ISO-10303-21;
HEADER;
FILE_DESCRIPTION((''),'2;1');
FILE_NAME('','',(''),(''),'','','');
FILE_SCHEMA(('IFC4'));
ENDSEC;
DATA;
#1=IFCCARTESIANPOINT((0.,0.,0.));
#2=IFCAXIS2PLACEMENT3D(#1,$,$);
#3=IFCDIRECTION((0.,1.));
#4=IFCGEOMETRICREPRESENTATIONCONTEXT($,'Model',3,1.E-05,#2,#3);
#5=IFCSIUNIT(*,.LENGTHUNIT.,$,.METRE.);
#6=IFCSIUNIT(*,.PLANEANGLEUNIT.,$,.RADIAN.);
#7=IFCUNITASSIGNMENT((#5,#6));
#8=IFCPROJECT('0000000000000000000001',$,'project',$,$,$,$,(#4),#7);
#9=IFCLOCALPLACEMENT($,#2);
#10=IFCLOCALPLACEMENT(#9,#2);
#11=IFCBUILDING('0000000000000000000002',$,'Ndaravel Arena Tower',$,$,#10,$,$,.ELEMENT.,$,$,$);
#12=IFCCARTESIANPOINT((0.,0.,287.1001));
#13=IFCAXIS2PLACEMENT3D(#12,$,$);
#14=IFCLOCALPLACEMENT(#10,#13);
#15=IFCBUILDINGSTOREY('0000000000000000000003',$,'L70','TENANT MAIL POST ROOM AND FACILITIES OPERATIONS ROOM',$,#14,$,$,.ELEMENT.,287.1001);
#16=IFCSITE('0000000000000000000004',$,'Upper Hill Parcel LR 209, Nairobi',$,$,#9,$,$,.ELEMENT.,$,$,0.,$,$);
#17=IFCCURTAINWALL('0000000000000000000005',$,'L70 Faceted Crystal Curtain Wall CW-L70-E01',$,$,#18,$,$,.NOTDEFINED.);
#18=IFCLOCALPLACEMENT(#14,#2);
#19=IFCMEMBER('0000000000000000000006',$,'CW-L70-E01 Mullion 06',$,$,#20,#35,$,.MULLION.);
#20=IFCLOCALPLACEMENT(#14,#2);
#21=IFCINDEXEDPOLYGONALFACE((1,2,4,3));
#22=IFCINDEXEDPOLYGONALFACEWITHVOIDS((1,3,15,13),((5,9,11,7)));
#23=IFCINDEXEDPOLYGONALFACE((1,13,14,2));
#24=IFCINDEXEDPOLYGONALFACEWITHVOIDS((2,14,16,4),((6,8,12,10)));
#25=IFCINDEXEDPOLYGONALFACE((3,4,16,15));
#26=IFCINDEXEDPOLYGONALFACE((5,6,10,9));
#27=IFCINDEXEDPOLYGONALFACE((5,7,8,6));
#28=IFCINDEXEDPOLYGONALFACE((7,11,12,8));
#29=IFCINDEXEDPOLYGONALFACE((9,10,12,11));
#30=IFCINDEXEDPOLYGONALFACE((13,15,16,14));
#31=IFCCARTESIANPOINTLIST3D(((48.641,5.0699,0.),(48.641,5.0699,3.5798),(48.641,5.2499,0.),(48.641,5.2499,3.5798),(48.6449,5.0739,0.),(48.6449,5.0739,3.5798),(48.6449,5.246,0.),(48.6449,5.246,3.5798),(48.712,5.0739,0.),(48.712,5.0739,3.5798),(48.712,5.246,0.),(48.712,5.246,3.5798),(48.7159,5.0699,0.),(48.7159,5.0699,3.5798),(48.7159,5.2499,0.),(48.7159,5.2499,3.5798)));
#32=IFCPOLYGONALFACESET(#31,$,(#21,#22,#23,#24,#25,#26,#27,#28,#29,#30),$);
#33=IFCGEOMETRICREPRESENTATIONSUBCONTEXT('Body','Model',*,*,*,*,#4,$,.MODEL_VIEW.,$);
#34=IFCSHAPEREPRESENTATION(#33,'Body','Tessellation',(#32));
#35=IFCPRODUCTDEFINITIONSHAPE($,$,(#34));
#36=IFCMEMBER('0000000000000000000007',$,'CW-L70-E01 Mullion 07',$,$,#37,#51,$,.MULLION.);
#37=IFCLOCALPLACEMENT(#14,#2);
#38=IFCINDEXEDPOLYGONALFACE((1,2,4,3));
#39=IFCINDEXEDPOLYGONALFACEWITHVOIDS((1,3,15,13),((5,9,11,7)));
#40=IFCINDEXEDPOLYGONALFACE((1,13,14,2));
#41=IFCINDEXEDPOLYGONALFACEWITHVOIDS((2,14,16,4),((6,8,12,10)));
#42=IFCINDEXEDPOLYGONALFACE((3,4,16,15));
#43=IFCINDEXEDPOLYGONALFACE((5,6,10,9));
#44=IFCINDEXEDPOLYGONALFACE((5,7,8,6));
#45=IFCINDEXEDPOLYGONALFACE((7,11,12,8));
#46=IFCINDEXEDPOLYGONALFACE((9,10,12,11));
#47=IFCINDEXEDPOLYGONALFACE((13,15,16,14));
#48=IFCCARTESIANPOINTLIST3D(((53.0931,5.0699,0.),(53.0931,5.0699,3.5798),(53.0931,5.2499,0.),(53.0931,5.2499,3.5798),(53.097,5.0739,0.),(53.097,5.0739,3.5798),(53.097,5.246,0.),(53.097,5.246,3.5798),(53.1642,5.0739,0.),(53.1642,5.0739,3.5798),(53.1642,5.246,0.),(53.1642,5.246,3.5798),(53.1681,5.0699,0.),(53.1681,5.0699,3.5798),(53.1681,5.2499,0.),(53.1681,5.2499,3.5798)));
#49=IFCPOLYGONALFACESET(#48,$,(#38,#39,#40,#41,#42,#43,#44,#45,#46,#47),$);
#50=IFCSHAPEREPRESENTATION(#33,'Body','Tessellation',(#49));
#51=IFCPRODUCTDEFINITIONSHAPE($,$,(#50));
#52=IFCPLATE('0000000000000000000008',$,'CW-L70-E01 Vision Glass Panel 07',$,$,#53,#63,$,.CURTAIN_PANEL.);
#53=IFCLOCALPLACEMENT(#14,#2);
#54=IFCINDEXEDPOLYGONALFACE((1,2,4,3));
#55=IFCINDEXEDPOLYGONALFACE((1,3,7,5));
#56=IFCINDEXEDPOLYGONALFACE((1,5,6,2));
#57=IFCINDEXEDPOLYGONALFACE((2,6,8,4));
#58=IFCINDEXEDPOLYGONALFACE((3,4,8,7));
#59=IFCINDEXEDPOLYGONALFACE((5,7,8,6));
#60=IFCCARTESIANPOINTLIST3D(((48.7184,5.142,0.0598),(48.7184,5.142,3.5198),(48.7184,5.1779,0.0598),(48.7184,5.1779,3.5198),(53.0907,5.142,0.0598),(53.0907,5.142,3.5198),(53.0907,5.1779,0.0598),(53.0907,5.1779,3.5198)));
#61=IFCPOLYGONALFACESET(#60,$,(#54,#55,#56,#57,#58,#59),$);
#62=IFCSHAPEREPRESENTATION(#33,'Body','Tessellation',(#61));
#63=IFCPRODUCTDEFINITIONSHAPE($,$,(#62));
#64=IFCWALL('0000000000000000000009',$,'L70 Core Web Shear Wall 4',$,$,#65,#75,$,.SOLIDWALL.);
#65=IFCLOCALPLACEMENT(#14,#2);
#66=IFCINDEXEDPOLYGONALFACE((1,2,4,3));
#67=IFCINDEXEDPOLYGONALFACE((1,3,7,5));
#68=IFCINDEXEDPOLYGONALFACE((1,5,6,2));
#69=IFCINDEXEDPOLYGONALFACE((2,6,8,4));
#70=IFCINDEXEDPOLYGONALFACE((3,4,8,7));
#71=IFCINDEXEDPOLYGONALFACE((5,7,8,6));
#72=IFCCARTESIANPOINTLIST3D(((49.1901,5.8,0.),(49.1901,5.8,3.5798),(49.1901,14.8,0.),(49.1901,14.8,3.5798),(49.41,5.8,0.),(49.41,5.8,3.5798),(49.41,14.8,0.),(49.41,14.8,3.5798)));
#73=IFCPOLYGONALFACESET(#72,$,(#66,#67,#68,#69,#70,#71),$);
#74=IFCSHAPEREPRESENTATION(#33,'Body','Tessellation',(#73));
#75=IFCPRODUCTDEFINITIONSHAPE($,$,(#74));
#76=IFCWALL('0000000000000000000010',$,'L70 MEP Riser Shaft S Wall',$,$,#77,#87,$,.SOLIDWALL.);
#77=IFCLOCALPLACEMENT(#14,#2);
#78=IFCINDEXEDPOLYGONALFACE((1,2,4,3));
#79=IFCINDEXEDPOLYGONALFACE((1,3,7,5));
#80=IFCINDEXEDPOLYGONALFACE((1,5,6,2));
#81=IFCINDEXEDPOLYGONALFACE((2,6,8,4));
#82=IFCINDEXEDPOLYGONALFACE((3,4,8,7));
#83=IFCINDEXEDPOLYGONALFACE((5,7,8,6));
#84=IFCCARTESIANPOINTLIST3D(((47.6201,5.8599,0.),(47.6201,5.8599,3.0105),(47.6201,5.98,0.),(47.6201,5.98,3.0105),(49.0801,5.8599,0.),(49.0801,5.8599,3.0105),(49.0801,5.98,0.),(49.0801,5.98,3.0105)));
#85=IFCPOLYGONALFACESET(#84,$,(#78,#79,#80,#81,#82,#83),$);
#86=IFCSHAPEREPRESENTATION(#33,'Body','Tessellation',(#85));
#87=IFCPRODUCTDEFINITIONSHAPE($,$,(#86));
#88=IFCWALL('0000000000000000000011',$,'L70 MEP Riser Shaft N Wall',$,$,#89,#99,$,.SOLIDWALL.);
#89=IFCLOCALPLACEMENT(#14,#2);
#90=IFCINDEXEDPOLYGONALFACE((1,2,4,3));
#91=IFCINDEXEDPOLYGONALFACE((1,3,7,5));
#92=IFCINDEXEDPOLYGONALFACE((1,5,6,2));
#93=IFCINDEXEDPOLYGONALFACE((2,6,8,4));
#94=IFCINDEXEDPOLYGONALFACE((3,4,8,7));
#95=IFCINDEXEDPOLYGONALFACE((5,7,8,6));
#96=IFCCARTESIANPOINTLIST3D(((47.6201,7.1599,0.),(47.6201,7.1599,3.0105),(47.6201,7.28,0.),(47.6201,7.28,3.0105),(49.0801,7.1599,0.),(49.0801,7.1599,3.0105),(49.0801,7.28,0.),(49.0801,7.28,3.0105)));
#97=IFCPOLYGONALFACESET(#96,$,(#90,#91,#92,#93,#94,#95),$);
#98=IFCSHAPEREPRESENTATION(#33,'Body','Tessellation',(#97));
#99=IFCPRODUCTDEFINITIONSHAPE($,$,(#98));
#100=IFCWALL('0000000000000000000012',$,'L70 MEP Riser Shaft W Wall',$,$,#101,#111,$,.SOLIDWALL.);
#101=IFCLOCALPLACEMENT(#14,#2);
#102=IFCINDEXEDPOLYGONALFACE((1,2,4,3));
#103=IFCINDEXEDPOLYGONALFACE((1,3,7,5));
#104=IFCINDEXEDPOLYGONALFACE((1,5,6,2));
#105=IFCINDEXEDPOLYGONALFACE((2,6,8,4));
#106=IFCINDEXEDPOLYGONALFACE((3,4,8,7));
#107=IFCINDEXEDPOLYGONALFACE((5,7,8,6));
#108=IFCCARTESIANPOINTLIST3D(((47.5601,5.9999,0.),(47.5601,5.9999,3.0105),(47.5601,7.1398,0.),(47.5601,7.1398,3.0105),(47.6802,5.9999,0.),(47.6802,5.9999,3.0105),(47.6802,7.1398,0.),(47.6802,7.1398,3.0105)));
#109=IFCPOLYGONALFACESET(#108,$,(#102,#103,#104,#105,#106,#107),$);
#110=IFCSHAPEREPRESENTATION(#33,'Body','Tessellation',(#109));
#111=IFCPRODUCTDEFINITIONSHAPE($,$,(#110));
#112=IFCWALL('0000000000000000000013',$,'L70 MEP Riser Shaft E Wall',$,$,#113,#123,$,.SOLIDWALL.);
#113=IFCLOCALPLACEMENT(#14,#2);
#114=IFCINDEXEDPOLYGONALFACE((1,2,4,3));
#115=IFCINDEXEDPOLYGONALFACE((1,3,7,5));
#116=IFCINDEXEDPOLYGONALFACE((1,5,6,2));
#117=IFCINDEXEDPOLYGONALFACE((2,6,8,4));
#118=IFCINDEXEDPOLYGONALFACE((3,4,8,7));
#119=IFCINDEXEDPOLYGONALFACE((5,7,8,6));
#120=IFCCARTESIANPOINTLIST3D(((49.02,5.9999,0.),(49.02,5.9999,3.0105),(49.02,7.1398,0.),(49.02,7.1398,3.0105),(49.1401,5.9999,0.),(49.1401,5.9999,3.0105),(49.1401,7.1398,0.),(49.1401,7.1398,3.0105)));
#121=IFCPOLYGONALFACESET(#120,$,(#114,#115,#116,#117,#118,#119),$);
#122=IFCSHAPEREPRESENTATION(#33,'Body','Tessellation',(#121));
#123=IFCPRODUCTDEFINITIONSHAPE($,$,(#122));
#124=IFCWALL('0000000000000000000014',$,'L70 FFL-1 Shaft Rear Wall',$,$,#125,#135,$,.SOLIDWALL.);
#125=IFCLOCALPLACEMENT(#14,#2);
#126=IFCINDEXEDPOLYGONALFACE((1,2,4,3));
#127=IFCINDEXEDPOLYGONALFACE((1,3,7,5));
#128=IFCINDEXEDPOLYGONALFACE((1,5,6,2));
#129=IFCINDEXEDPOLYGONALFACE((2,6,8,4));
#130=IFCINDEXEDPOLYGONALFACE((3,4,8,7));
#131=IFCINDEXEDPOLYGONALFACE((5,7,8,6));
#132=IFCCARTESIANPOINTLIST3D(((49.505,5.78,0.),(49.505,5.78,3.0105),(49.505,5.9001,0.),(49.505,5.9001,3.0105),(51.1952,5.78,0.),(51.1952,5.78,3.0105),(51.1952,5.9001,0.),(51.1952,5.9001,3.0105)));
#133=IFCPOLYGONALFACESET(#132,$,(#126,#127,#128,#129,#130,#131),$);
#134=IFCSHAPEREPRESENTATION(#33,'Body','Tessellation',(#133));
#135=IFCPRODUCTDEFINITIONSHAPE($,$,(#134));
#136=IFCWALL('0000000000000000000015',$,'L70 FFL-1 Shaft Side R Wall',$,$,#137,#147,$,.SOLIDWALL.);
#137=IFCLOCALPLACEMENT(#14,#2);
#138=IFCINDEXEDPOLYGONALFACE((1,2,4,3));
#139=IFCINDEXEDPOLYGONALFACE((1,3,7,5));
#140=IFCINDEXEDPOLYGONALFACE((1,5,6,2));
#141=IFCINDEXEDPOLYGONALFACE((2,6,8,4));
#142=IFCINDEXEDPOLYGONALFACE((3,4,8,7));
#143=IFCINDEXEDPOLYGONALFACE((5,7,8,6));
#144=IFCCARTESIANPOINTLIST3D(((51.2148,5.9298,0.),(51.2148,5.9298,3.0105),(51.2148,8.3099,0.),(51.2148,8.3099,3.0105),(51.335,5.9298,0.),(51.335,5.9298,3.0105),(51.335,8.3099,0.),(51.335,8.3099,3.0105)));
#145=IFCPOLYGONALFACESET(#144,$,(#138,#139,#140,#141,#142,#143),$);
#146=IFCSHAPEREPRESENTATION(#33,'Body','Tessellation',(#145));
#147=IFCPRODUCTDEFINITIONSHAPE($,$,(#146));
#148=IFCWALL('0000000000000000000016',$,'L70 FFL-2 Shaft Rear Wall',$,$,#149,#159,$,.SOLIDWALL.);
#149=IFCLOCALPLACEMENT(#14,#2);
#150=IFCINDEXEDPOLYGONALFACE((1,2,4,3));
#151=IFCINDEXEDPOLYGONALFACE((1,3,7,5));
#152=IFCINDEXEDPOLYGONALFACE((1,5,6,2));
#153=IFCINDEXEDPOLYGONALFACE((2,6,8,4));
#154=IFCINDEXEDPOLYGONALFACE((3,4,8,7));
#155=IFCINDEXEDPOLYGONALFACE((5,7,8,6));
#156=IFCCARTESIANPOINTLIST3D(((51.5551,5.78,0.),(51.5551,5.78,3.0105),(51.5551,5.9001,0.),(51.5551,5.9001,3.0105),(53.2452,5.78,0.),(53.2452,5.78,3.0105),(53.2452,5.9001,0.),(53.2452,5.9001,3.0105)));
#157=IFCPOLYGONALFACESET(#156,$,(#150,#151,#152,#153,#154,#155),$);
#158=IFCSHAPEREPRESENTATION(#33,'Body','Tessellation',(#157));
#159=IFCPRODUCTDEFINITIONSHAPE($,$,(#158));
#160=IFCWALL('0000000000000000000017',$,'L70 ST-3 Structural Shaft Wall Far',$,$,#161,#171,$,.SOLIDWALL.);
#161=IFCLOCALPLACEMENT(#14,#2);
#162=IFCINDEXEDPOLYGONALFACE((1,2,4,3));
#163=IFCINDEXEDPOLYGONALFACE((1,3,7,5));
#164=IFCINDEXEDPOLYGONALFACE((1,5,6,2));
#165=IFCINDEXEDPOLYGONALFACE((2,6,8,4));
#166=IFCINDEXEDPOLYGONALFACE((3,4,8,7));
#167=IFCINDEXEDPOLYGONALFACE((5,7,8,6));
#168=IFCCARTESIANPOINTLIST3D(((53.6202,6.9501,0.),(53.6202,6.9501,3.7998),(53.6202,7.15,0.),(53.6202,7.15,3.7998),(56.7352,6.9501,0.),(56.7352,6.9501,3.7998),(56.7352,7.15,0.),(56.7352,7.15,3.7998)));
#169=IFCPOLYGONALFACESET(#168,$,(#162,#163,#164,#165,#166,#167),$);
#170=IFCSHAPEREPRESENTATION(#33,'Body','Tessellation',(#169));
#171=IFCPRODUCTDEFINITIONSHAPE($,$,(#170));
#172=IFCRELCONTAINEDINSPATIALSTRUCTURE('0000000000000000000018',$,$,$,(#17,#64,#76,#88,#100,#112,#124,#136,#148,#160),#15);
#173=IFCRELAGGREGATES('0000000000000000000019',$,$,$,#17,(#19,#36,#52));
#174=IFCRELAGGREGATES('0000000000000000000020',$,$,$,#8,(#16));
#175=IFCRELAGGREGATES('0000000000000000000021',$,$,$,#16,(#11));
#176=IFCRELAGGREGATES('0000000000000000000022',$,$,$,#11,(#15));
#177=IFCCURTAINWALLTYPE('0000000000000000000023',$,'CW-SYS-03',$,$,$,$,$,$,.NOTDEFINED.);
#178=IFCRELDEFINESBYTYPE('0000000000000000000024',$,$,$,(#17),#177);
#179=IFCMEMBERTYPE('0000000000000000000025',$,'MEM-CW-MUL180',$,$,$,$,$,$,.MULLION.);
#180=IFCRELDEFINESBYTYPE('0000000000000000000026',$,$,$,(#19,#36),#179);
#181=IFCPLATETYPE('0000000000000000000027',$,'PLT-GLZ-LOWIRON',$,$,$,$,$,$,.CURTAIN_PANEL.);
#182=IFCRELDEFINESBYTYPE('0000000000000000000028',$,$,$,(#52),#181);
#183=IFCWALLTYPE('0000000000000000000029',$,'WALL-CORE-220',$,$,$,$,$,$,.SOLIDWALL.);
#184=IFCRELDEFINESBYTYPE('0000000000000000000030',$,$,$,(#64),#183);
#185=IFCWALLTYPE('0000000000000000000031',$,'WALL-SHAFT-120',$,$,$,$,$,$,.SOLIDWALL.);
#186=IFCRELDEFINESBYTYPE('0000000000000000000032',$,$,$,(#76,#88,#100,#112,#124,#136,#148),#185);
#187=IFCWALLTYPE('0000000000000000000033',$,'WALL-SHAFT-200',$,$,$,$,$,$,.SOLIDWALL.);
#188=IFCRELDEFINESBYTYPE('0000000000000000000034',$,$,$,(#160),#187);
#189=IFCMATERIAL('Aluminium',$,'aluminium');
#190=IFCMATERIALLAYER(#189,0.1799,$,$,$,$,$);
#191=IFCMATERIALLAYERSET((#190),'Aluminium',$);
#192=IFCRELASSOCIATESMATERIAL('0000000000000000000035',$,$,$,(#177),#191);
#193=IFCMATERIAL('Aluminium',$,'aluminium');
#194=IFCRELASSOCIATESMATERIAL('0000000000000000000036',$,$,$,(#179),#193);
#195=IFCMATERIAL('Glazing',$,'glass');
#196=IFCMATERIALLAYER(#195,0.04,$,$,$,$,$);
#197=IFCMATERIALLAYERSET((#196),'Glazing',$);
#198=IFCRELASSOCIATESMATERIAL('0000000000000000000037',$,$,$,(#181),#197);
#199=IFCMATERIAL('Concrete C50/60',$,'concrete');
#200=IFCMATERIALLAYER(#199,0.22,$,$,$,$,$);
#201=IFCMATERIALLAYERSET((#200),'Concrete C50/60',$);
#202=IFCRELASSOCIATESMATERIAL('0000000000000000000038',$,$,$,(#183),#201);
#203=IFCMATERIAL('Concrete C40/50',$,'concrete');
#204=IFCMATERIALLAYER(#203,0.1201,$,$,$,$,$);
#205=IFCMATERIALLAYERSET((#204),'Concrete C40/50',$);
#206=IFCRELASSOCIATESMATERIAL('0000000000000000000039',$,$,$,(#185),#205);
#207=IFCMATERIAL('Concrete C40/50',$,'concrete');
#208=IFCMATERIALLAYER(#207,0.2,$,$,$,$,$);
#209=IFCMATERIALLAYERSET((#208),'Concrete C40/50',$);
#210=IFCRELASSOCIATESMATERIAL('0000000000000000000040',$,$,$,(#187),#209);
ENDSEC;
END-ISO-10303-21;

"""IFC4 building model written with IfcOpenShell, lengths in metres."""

from ifc_helpers import new_model, si_unit, direction, frame, frame_2d, origin, origin_2d, place, context, subcontext, project, spatial, rectangle, hollow_rectangle, extrude, material, layer, layer_set, material_profile, profile_set, type_object, element, aggregate, save


model = new_model("IFC4")

# Units and contexts
model_context = context("Model", 3, precision=1e-05, world=origin(), true_north=direction((0.0, 1.0)))
body_context = subcontext(model_context, "Body", "Model", "MODEL_VIEW")
ifc_project = project(units=[si_unit("LENGTHUNIT", "METRE"), si_unit("PLANEANGLEUNIT", "RADIAN")], contexts=[model_context])

# Site, building, storey
site_placement = place(None, origin())
site = spatial("IfcSite", under=ifc_project, at=site_placement, Name="Upper Hill Parcel LR 209, Nairobi", CompositionType="ELEMENT", RefElevation=0.0)
building_placement = place(site_placement, origin())
building = spatial("IfcBuilding", under=site, at=building_placement, Name="Ndaravel Arena Tower", CompositionType="ELEMENT")
storey_placement = place(building_placement, frame((0.0, 0.0, 287.1001)))
storey = spatial("IfcBuildingStorey", under=building, at=storey_placement, Name="L70", Description="TENANT MAIL POST ROOM AND FACILITIES OPERATIONS ROOM", CompositionType="ELEMENT", Elevation=287.1001)

# Curtain wall, members, plate
ifc_material_1 = material(Name="Aluminium", Category="aluminium")
ifc_layer_1 = layer(ifc_material_1, 0.1799)
ifc_layer_set_1 = layer_set([ifc_layer_1], Name="Aluminium")
curtain_wall_type = type_object("IfcCurtainWallType", Name="CW-SYS-03", PredefinedType="NOTDEFINED", material=ifc_layer_set_1)
curtain_wall_placement = place(storey_placement, origin())
curtain_wall = element("IfcCurtainWall", 1, at=curtain_wall_placement, inside=storey, type_object=curtain_wall_type, Name="L70 Faceted Crystal Curtain Wall CW-L70-E01", PredefinedType="NOTDEFINED")
ifc_material_2 = material(Name="Aluminium", Category="aluminium")
ifc_material_profile = material_profile(ifc_material_2, hollow_rectangle(XDim=0.075, YDim=0.1799, WallThickness=0.0039, at=origin_2d()), Name="CW MULLION 75x180x4")
ifc_profile_set = profile_set([ifc_material_profile], Name="Aluminium")
member_type = type_object("IfcMemberType", Name="MEM-CW-MUL180", PredefinedType="MULLION", material=ifc_profile_set)
member_1_placement = place(storey_placement, frame((48.6785, 5.1599, 0.0), z_axis=(0.0, 0.0, 1.0), x_axis=(1.0, 0.0, 0.0)))
member_1 = element("IfcMember", 2, at=member_1_placement, type_object=member_type, Name="CW-L70-E01 Mullion 06", PredefinedType="MULLION", context=body_context, shape_type="SweptSolid", body=[
    extrude(hollow_rectangle(XDim=0.075, YDim=0.1799, WallThickness=0.0039, at=origin_2d()), origin(), (0.0, 0.0, 1.0), 3.5798),
])
member_2_placement = place(storey_placement, frame((53.1306, 5.1599, 0.0), z_axis=(0.0, 0.0, 1.0), x_axis=(1.0, 0.0, 0.0)))
member_2 = element("IfcMember", 3, at=member_2_placement, type_object=member_type, Name="CW-L70-E01 Mullion 07", PredefinedType="MULLION", context=body_context, shape_type="SweptSolid", body=[
    extrude(hollow_rectangle(XDim=0.075, YDim=0.1799, WallThickness=0.0039, at=origin_2d()), origin(), (0.0, 0.0, 1.0), 3.5798),
])
ifc_material_3 = material(Name="Glazing", Category="glass")
ifc_layer_2 = layer(ifc_material_3, 0.04)
ifc_layer_set_2 = layer_set([ifc_layer_2], Name="Glazing")
plate_type = type_object("IfcPlateType", Name="PLT-GLZ-LOWIRON", PredefinedType="CURTAIN_PANEL", material=ifc_layer_set_2)
plate_placement = place(storey_placement, frame((50.9045, 5.1599, 0.0598), z_axis=(0.0, 0.0, 1.0), x_axis=(1.0, 0.0, 0.0)))
plate = element("IfcPlate", 4, at=plate_placement, type_object=plate_type, Name="CW-L70-E01 Vision Glass Panel 07", PredefinedType="CURTAIN_PANEL", context=body_context, shape_type="SweptSolid", body=[
    extrude(rectangle(XDim=4.3723, YDim=0.0359, at=origin_2d()), origin(), (0.0, 0.0, 1.0), 3.46),
])
aggregate(curtain_wall, [member_1, member_2, plate])

# Wall
ifc_material_4 = material(Name="Concrete C50/60", Category="concrete")
ifc_layer_3 = layer(ifc_material_4, 0.22)
ifc_layer_set_3 = layer_set([ifc_layer_3], Name="Concrete C50/60")
wall_type_1 = type_object("IfcWallType", Name="WALL-CORE-220", PredefinedType="SOLIDWALL", material=ifc_layer_set_3)
wall_1_placement = place(storey_placement, frame((49.3, 5.8, 0.0), z_axis=(0.0, 0.0, 1.0), x_axis=(0.0, 1.0, 0.0)))
element("IfcWall", 5, at=wall_1_placement, inside=storey, type_object=wall_type_1, Name="L70 Core Web Shear Wall 4", PredefinedType="SOLIDWALL", context=body_context, shape_type="SweptSolid", body=[
    extrude(rectangle(XDim=9.0, YDim=0.22, at=frame_2d((4.5, 0.0))), origin(), (0.0, 0.0, 1.0), 3.5798),
])

# Walls
ifc_material_5 = material(Name="Concrete C40/50", Category="concrete")
ifc_layer_4 = layer(ifc_material_5, 0.1201)
ifc_layer_set_4 = layer_set([ifc_layer_4], Name="Concrete C40/50")
wall_type_2 = type_object("IfcWallType", Name="WALL-SHAFT-120", PredefinedType="SOLIDWALL", material=ifc_layer_set_4)
for number, where, z_axis, x_axis, name in (
    (6, (47.6201, 5.9199, 0.0), (0.0, 0.0, 1.0), (1.0, 0.0, 0.0), "L70 MEP Riser Shaft S Wall"),
    (7, (47.6201, 7.22, 0.0), (0.0, 0.0, 1.0), (1.0, 0.0, 0.0), "L70 MEP Riser Shaft N Wall"),
):
    element("IfcWall", number, at=place(storey_placement, frame(where, z_axis=z_axis, x_axis=x_axis)), inside=storey, type_object=wall_type_2, Name=name, PredefinedType="SOLIDWALL", context=body_context, shape_type="SweptSolid", body=[
        extrude(rectangle(XDim=1.46, YDim=0.1201, at=frame_2d((0.73, 0.0))), origin(), (0.0, 0.0, 1.0), 3.0105),
    ])
for number, where, z_axis, x_axis, name in (
    (8, (47.6201, 6.0, 0.0), (0.0, 0.0, 1.0), (0.0, 1.0, 0.0), "L70 MEP Riser Shaft W Wall"),
    (9, (49.0801, 6.0, 0.0), (0.0, 0.0, 1.0), (0.0, 1.0, 0.0), "L70 MEP Riser Shaft E Wall"),
):
    element("IfcWall", number, at=place(storey_placement, frame(where, z_axis=z_axis, x_axis=x_axis)), inside=storey, type_object=wall_type_2, Name=name, PredefinedType="SOLIDWALL", context=body_context, shape_type="SweptSolid", body=[
        extrude(rectangle(XDim=1.1399, YDim=0.1201, at=frame_2d((0.5698, 0.0))), origin(), (0.0, 0.0, 1.0), 3.0105),
    ])
wall_2_placement = place(storey_placement, frame((49.5049, 5.8401, 0.0), z_axis=(0.0, 0.0, 1.0), x_axis=(1.0, 0.0, 0.0)))
element("IfcWall", 10, at=wall_2_placement, inside=storey, type_object=wall_type_2, Name="L70 FFL-1 Shaft Rear Wall", PredefinedType="SOLIDWALL", context=body_context, shape_type="SweptSolid", body=[
    extrude(rectangle(XDim=1.6902, YDim=0.1201, at=frame_2d((0.8452, 0.0))), origin(), (0.0, 0.0, 1.0), 3.0105),
])
wall_3_placement = place(storey_placement, frame((51.2749, 5.9299, 0.0), z_axis=(0.0, 0.0, 1.0), x_axis=(0.0, 1.0, 0.0)))
element("IfcWall", 11, at=wall_3_placement, inside=storey, type_object=wall_type_2, Name="L70 FFL-1 Shaft Side R Wall", PredefinedType="SOLIDWALL", context=body_context, shape_type="SweptSolid", body=[
    extrude(rectangle(XDim=2.3801, YDim=0.1201, at=frame_2d((1.1899, 0.0))), origin(), (0.0, 0.0, 1.0), 3.0105),
])
wall_4_placement = place(storey_placement, frame((51.5549, 5.8401, 0.0), z_axis=(0.0, 0.0, 1.0), x_axis=(1.0, 0.0, 0.0)))
element("IfcWall", 12, at=wall_4_placement, inside=storey, type_object=wall_type_2, Name="L70 FFL-2 Shaft Rear Wall", PredefinedType="SOLIDWALL", context=body_context, shape_type="SweptSolid", body=[
    extrude(rectangle(XDim=1.6902, YDim=0.1201, at=frame_2d((0.8452, 0.0))), origin(), (0.0, 0.0, 1.0), 3.0105),
])
ifc_material_6 = material(Name="Concrete C40/50", Category="concrete")
ifc_layer_5 = layer(ifc_material_6, 0.2)
ifc_layer_set_5 = layer_set([ifc_layer_5], Name="Concrete C40/50")
wall_type_3 = type_object("IfcWallType", Name="WALL-SHAFT-200", PredefinedType="SOLIDWALL", material=ifc_layer_set_5)
wall_5_placement = place(storey_placement, frame((53.6201, 7.05, 0.0), z_axis=(0.0, 0.0, 1.0), x_axis=(1.0, 0.0, 0.0)))
element("IfcWall", 13, at=wall_5_placement, inside=storey, type_object=wall_type_3, Name="L70 ST-3 Structural Shaft Wall Far", PredefinedType="SOLIDWALL", context=body_context, shape_type="SweptSolid", body=[
    extrude(rectangle(XDim=3.115, YDim=0.2, at=frame_2d((1.5576, 0.0))), origin(), (0.0, 0.0, 1.0), 3.7998),
])

save(model, "model.ifc")
